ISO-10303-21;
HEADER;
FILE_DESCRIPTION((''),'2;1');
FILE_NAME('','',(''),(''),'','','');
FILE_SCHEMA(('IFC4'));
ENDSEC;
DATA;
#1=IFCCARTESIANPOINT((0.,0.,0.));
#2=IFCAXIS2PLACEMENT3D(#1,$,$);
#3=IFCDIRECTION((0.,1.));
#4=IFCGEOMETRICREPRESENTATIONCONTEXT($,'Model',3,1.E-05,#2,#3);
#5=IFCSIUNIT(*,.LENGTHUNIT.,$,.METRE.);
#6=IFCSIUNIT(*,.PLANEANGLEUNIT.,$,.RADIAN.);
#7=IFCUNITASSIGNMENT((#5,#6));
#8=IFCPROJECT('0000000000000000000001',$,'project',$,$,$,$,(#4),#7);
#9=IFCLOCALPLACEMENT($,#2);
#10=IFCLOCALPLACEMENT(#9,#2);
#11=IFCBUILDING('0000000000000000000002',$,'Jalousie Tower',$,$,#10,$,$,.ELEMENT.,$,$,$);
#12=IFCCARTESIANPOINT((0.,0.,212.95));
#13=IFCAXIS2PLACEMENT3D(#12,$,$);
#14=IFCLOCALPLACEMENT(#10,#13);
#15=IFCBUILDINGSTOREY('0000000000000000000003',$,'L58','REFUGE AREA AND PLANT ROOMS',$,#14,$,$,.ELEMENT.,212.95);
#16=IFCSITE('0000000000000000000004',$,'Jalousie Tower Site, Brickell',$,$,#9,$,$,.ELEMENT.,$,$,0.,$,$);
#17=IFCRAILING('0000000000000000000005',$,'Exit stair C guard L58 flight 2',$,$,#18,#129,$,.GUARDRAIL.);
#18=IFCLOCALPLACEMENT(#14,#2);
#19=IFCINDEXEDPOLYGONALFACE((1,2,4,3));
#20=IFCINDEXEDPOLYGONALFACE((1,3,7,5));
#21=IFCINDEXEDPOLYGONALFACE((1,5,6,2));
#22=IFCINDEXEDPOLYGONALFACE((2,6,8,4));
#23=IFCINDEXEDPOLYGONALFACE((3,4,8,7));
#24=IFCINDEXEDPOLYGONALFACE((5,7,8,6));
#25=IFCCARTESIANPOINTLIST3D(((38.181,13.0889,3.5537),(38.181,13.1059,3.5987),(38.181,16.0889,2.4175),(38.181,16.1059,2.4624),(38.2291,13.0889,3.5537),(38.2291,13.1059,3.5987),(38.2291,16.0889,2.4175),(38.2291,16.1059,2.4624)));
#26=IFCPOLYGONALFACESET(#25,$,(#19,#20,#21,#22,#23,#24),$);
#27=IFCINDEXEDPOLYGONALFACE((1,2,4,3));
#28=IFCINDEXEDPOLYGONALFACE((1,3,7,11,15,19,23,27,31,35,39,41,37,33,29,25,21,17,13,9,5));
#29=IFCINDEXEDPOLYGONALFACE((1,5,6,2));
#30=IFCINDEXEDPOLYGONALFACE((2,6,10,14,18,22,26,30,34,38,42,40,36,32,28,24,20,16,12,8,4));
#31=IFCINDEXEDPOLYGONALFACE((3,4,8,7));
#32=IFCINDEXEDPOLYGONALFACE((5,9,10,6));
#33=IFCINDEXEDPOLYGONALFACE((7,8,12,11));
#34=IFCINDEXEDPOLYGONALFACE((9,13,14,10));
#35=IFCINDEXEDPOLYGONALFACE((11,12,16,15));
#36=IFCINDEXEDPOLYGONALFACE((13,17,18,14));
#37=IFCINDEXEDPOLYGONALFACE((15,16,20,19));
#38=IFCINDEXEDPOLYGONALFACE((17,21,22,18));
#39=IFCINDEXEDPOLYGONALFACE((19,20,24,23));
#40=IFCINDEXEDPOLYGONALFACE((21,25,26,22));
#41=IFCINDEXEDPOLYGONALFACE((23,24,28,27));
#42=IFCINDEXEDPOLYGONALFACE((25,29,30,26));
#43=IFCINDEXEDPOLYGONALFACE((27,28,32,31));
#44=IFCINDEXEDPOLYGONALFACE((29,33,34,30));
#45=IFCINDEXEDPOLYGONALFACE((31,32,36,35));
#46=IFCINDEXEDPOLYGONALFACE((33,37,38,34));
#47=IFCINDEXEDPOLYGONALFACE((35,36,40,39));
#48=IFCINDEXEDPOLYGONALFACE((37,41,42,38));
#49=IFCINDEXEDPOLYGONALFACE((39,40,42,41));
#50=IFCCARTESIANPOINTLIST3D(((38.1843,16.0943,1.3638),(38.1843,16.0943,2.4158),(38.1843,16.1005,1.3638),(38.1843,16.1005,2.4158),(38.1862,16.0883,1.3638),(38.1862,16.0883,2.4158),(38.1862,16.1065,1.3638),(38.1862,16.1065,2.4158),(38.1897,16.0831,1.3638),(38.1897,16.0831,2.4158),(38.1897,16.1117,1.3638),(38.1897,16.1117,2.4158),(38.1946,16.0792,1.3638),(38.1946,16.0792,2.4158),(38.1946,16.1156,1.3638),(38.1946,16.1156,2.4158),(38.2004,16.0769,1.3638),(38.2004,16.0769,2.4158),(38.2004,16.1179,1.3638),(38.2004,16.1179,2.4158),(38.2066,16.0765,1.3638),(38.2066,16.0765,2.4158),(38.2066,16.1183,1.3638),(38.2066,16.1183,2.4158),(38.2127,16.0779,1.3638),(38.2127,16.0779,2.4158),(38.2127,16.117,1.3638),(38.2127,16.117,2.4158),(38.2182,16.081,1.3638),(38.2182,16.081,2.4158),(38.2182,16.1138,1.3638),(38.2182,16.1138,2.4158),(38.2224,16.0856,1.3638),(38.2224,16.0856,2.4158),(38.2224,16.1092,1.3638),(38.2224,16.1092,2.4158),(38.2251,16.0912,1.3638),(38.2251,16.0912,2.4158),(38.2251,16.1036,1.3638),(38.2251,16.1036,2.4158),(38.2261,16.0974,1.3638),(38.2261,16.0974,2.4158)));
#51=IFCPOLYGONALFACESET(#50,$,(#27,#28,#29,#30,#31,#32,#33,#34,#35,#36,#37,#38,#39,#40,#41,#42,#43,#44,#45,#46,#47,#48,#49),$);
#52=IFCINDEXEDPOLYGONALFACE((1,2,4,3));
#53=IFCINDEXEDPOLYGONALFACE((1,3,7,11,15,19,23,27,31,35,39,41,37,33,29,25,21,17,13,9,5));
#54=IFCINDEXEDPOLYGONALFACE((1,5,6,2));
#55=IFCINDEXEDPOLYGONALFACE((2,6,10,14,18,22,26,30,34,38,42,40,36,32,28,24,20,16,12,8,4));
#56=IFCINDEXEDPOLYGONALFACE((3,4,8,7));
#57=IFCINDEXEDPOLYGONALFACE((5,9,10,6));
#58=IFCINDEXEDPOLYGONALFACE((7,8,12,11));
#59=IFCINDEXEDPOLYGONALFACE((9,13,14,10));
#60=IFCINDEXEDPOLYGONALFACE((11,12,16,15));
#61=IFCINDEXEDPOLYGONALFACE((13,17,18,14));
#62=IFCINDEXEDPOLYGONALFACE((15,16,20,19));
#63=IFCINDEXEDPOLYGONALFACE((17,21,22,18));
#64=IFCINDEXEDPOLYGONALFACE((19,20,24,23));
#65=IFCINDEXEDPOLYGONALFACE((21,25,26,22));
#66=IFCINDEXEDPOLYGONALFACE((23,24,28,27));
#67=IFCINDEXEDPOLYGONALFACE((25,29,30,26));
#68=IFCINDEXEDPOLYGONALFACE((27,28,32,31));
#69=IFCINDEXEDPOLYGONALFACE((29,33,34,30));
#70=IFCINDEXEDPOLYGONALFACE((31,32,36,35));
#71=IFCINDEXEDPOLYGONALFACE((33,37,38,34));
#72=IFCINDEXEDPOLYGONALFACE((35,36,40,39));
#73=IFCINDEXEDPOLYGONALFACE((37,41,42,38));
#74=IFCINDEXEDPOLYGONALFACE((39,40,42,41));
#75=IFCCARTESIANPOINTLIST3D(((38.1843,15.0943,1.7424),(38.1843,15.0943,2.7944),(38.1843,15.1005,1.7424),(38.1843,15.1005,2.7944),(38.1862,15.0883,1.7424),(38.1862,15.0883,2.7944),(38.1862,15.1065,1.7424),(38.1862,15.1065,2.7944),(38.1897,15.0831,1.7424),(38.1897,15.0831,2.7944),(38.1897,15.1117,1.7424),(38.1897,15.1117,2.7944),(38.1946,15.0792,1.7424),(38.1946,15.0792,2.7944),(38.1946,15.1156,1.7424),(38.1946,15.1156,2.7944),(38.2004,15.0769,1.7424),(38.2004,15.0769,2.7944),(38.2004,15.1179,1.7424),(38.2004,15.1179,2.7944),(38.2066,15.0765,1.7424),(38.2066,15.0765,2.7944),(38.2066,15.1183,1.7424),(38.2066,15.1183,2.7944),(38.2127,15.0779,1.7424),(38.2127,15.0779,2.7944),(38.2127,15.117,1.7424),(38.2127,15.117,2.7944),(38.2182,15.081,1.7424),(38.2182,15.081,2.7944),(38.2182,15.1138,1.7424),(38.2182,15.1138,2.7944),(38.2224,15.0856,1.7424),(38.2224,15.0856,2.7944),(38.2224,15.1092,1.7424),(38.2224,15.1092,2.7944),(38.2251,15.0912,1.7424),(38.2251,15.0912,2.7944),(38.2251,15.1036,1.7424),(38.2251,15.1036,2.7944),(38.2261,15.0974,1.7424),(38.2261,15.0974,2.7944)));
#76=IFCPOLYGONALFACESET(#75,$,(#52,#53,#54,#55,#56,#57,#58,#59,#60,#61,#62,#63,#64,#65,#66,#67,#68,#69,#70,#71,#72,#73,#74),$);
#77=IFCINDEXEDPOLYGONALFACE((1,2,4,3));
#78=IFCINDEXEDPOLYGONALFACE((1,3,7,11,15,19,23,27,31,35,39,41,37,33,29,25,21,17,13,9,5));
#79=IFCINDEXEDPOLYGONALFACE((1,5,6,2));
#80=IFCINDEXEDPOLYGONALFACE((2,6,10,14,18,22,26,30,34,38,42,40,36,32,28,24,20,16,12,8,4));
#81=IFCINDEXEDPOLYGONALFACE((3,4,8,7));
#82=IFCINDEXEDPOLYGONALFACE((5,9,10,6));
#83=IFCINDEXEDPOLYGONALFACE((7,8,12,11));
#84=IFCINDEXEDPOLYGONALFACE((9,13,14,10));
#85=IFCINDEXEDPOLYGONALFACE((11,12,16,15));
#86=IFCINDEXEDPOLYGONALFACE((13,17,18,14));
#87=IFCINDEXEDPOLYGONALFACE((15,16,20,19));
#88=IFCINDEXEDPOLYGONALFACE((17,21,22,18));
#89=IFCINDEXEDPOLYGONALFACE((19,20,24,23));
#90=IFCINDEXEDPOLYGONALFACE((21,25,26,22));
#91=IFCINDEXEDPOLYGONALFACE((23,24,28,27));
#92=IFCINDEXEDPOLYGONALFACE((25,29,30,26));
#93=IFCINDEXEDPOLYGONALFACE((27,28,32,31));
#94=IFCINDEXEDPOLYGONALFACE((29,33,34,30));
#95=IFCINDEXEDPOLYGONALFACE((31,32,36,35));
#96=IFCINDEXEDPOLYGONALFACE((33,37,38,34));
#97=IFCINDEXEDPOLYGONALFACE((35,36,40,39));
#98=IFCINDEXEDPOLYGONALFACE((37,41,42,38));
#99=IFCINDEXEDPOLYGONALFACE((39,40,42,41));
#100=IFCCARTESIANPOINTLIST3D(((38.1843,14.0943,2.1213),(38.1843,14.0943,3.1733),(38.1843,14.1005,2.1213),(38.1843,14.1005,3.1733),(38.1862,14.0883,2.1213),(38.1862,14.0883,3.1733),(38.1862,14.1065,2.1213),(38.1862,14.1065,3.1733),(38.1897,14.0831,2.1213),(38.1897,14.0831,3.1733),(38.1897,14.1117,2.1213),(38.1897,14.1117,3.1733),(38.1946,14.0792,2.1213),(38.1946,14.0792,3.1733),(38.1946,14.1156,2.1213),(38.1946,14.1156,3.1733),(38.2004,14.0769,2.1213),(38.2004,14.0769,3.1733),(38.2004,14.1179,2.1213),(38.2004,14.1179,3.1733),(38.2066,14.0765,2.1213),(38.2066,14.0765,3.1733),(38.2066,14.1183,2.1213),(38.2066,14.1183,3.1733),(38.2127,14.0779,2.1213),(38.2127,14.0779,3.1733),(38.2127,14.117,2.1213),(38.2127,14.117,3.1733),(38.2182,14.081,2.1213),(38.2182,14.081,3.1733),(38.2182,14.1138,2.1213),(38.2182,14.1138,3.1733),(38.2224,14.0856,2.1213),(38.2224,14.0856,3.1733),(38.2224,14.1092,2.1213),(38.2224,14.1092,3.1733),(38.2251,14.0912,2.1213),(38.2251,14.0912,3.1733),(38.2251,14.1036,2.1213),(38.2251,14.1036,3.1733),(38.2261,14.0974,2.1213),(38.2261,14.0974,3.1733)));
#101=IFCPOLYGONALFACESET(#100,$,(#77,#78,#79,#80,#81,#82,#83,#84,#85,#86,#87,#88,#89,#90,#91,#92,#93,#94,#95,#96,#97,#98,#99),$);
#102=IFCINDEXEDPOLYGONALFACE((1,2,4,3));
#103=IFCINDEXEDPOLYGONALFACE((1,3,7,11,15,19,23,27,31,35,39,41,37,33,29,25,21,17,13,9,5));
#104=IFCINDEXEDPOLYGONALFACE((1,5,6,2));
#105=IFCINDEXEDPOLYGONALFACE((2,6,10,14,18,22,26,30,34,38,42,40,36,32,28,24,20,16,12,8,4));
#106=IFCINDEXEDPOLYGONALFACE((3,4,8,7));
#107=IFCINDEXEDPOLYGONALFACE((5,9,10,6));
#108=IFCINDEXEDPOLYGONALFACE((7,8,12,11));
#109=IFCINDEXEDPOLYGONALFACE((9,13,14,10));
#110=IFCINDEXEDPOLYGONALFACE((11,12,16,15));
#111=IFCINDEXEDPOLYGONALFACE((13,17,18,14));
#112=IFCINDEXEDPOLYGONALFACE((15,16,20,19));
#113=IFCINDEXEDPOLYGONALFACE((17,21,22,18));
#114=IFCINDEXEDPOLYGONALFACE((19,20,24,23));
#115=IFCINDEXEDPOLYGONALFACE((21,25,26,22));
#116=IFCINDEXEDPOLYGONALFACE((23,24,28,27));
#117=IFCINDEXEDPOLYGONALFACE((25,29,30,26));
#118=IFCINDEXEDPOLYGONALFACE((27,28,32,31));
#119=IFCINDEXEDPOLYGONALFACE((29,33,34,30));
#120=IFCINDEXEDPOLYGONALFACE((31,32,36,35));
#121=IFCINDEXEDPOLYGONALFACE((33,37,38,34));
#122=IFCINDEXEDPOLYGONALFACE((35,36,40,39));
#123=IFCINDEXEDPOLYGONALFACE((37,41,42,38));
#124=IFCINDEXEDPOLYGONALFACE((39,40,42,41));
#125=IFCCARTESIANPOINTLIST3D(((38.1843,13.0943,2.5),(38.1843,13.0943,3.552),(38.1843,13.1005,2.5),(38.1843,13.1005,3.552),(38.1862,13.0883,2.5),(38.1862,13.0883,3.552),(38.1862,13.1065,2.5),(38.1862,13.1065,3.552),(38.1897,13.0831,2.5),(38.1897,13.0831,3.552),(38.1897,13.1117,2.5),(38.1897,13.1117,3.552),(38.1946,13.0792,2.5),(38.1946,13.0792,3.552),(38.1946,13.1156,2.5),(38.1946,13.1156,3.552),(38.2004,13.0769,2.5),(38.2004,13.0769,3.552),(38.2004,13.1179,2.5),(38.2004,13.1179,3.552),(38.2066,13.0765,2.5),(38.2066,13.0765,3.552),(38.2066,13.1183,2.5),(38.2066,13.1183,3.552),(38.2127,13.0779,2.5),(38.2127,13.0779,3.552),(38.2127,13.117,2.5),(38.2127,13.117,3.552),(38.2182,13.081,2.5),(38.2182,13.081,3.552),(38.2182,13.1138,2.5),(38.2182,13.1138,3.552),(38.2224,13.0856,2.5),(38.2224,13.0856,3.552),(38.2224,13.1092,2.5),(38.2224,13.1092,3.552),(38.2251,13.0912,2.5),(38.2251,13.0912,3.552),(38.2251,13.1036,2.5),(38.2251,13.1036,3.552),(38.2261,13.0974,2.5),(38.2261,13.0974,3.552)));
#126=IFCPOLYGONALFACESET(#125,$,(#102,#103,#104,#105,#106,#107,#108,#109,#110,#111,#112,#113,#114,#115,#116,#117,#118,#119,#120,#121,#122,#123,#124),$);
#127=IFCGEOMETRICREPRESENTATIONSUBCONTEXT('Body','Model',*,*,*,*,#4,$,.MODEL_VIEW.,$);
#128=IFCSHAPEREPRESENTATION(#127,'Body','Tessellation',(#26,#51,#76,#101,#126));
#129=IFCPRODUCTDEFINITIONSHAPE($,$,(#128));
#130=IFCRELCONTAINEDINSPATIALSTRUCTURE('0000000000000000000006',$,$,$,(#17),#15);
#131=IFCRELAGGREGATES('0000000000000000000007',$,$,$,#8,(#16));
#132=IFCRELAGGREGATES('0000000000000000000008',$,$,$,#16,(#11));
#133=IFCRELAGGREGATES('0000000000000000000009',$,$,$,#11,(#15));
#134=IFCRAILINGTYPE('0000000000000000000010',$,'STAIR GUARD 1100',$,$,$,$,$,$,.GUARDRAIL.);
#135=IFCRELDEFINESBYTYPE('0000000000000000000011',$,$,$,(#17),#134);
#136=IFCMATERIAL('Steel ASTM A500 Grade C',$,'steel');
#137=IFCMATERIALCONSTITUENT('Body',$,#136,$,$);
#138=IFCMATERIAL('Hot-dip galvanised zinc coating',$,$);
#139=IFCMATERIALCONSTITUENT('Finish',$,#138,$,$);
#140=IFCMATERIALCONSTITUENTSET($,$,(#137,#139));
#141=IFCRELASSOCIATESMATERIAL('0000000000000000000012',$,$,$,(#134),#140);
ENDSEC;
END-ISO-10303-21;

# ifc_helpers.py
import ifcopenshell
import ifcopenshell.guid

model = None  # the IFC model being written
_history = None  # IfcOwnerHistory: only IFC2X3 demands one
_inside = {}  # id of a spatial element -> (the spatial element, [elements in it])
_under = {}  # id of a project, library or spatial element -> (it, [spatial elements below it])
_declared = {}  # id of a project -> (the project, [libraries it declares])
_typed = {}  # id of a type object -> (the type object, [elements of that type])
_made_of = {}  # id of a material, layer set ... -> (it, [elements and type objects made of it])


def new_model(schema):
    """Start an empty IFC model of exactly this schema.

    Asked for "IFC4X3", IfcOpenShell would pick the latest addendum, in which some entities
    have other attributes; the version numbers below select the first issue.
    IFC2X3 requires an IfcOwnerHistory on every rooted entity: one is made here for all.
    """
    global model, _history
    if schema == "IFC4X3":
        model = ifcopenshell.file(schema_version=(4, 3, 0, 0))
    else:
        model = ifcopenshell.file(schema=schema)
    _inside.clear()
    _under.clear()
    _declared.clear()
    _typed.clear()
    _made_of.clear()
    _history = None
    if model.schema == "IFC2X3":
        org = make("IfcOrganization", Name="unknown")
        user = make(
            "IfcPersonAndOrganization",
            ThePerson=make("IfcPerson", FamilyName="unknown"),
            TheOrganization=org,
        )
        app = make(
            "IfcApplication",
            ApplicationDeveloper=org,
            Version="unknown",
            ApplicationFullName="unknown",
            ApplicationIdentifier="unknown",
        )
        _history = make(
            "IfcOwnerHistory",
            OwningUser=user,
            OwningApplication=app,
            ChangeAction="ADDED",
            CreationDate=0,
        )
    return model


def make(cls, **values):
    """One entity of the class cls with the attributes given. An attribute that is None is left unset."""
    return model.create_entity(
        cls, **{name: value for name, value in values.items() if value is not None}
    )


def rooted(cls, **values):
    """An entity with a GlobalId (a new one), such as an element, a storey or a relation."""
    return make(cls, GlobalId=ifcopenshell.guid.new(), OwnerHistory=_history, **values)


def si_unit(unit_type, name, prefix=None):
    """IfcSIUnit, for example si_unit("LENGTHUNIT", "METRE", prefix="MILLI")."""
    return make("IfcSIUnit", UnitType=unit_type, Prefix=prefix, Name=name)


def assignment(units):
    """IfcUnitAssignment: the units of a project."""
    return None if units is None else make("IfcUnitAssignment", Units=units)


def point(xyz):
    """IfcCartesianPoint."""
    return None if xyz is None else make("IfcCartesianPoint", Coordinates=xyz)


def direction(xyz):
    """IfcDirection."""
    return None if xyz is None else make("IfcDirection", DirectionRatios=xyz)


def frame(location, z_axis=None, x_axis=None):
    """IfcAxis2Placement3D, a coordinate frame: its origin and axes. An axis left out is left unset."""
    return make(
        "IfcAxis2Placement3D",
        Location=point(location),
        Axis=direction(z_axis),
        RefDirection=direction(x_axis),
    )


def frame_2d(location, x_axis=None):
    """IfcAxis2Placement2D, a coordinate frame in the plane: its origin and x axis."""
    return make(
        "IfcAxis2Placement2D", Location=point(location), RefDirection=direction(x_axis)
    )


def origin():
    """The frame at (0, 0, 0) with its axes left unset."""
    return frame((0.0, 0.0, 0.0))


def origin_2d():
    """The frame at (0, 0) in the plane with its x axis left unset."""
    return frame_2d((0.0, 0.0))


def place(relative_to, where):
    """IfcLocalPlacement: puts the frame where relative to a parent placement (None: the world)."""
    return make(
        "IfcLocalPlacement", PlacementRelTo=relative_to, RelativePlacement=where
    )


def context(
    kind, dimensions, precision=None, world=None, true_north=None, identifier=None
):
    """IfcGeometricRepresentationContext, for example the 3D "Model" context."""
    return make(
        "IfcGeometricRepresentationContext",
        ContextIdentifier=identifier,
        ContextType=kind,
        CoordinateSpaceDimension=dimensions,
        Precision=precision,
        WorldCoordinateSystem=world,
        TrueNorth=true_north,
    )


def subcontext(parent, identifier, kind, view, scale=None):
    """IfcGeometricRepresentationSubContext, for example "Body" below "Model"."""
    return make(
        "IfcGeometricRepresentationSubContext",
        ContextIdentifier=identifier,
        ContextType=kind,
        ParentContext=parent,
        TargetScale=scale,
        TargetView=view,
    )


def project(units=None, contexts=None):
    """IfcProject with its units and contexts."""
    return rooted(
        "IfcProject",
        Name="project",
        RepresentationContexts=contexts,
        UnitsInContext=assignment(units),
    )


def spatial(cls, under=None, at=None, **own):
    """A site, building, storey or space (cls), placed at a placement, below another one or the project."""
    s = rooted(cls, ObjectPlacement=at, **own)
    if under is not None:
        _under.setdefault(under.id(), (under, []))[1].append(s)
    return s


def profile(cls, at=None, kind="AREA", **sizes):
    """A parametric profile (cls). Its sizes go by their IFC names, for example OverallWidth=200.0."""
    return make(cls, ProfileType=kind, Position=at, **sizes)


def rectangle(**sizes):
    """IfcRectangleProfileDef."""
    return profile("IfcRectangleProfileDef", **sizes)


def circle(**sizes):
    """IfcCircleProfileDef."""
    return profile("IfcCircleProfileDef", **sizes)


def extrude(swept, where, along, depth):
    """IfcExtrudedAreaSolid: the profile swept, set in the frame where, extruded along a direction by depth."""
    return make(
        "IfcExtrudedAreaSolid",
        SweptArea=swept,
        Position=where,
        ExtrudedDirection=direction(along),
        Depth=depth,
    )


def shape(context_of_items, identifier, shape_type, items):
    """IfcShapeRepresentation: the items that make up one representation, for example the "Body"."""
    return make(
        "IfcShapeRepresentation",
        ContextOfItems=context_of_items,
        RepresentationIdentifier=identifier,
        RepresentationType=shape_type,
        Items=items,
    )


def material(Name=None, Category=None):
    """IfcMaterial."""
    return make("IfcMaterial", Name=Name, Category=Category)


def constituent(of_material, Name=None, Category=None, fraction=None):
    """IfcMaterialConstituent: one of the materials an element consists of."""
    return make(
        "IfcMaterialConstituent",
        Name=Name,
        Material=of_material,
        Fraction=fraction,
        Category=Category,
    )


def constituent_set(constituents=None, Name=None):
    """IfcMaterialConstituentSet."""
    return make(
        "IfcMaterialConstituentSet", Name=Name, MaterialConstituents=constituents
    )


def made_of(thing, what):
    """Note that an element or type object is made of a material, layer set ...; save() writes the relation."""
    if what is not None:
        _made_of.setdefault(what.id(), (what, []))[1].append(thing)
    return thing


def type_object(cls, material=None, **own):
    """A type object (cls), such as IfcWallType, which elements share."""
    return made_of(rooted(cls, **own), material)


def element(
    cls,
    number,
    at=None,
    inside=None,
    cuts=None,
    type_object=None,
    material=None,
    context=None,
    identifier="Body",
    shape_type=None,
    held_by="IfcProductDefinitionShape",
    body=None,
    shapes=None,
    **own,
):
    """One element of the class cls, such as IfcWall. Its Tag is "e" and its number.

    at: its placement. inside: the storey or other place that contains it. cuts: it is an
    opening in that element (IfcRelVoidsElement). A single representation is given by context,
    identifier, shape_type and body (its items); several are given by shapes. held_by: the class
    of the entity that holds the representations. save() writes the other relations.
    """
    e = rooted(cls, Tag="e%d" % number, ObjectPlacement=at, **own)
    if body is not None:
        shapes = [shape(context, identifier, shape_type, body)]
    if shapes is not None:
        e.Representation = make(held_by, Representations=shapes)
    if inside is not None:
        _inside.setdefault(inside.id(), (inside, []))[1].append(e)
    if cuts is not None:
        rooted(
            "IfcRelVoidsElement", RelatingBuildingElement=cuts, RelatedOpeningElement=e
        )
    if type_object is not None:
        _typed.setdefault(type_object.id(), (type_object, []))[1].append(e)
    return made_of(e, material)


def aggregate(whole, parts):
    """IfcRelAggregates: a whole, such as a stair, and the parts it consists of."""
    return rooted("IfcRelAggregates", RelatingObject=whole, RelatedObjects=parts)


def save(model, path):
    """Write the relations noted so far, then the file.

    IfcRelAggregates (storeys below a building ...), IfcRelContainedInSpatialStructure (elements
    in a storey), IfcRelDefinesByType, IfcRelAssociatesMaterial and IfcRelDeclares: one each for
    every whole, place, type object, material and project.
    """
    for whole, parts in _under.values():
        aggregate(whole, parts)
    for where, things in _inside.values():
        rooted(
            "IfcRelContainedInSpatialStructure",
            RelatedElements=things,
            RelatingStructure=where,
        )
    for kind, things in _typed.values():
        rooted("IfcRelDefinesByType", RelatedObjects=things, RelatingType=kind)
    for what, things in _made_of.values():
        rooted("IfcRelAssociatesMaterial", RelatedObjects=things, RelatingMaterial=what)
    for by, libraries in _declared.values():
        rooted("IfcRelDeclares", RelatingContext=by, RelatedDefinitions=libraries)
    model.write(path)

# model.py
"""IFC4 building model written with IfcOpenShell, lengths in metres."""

from ifc_helpers import new_model, si_unit, direction, frame, origin, origin_2d, place, context, subcontext, project, spatial, rectangle, circle, extrude, material, constituent, constituent_set, type_object, element, save


model = new_model("IFC4")

# Units and contexts
model_context = context("Model", 3, precision=1e-05, world=origin(), true_north=direction((0.0, 1.0)))
body_context = subcontext(model_context, "Body", "Model", "MODEL_VIEW")
ifc_project = project(units=[si_unit("LENGTHUNIT", "METRE"), si_unit("PLANEANGLEUNIT", "RADIAN")], contexts=[model_context])

# Site, building, storey
site_placement = place(None, origin())
site = spatial("IfcSite", under=ifc_project, at=site_placement, Name="Jalousie Tower Site, Brickell", CompositionType="ELEMENT", RefElevation=0.0)
building_placement = place(site_placement, origin())
building = spatial("IfcBuilding", under=site, at=building_placement, Name="Jalousie Tower", CompositionType="ELEMENT")
storey_placement = place(building_placement, frame((0.0, 0.0, 212.95)))
storey = spatial("IfcBuildingStorey", under=building, at=storey_placement, Name="L58", Description="REFUGE AREA AND PLANT ROOMS", CompositionType="ELEMENT", Elevation=212.95)

# Railing
ifc_material_1 = material(Name="Steel ASTM A500 Grade C", Category="steel")
ifc_constituent_1 = constituent(ifc_material_1, Name="Body")
ifc_material_2 = material(Name="Hot-dip galvanised zinc coating")
ifc_constituent_2 = constituent(ifc_material_2, Name="Finish")
ifc_constituent_set_1 = constituent_set(constituents=[ifc_constituent_1, ifc_constituent_2])
railing_type_1 = type_object("IfcRailingType", Name="STAIR GUARD 1100", PredefinedType="GUARDRAIL", material=ifc_constituent_set_1)
railing_1_placement = place(storey_placement, frame((38.2051, 16.0974, 1.3638)))
element("IfcRailing", 1, at=railing_1_placement, inside=storey, type_object=railing_type_1, Name="Exit stair C guard L58 flight 2", PredefinedType="GUARDRAIL", context=body_context, shape_type="SweptSolid", body=[
    extrude(rectangle(XDim=0.0481, YDim=0.0481, at=origin_2d()), frame((0.0, 0.0, 1.0762), z_axis=(0.0, -0.935173, 0.354191), x_axis=(1.0, 0.0, 0.0)), (0.0, 0.0, 1.0), 3.208),
    extrude(circle(Radius=0.021, at=origin_2d()), origin(), (0.0, 0.0, 1.0), 1.052),
    extrude(circle(Radius=0.021, at=origin_2d()), frame((0.0, -1.0, 0.3787)), (0.0, 0.0, 1.0), 1.052),
    extrude(circle(Radius=0.021, at=origin_2d()), frame((0.0, -2.0, 0.7576)), (0.0, 0.0, 1.0), 1.052),
    extrude(circle(Radius=0.021, at=origin_2d()), frame((0.0, -3.0, 1.1362)), (0.0, 0.0, 1.0), 1.052),
])

save(model, "model.ifc")
